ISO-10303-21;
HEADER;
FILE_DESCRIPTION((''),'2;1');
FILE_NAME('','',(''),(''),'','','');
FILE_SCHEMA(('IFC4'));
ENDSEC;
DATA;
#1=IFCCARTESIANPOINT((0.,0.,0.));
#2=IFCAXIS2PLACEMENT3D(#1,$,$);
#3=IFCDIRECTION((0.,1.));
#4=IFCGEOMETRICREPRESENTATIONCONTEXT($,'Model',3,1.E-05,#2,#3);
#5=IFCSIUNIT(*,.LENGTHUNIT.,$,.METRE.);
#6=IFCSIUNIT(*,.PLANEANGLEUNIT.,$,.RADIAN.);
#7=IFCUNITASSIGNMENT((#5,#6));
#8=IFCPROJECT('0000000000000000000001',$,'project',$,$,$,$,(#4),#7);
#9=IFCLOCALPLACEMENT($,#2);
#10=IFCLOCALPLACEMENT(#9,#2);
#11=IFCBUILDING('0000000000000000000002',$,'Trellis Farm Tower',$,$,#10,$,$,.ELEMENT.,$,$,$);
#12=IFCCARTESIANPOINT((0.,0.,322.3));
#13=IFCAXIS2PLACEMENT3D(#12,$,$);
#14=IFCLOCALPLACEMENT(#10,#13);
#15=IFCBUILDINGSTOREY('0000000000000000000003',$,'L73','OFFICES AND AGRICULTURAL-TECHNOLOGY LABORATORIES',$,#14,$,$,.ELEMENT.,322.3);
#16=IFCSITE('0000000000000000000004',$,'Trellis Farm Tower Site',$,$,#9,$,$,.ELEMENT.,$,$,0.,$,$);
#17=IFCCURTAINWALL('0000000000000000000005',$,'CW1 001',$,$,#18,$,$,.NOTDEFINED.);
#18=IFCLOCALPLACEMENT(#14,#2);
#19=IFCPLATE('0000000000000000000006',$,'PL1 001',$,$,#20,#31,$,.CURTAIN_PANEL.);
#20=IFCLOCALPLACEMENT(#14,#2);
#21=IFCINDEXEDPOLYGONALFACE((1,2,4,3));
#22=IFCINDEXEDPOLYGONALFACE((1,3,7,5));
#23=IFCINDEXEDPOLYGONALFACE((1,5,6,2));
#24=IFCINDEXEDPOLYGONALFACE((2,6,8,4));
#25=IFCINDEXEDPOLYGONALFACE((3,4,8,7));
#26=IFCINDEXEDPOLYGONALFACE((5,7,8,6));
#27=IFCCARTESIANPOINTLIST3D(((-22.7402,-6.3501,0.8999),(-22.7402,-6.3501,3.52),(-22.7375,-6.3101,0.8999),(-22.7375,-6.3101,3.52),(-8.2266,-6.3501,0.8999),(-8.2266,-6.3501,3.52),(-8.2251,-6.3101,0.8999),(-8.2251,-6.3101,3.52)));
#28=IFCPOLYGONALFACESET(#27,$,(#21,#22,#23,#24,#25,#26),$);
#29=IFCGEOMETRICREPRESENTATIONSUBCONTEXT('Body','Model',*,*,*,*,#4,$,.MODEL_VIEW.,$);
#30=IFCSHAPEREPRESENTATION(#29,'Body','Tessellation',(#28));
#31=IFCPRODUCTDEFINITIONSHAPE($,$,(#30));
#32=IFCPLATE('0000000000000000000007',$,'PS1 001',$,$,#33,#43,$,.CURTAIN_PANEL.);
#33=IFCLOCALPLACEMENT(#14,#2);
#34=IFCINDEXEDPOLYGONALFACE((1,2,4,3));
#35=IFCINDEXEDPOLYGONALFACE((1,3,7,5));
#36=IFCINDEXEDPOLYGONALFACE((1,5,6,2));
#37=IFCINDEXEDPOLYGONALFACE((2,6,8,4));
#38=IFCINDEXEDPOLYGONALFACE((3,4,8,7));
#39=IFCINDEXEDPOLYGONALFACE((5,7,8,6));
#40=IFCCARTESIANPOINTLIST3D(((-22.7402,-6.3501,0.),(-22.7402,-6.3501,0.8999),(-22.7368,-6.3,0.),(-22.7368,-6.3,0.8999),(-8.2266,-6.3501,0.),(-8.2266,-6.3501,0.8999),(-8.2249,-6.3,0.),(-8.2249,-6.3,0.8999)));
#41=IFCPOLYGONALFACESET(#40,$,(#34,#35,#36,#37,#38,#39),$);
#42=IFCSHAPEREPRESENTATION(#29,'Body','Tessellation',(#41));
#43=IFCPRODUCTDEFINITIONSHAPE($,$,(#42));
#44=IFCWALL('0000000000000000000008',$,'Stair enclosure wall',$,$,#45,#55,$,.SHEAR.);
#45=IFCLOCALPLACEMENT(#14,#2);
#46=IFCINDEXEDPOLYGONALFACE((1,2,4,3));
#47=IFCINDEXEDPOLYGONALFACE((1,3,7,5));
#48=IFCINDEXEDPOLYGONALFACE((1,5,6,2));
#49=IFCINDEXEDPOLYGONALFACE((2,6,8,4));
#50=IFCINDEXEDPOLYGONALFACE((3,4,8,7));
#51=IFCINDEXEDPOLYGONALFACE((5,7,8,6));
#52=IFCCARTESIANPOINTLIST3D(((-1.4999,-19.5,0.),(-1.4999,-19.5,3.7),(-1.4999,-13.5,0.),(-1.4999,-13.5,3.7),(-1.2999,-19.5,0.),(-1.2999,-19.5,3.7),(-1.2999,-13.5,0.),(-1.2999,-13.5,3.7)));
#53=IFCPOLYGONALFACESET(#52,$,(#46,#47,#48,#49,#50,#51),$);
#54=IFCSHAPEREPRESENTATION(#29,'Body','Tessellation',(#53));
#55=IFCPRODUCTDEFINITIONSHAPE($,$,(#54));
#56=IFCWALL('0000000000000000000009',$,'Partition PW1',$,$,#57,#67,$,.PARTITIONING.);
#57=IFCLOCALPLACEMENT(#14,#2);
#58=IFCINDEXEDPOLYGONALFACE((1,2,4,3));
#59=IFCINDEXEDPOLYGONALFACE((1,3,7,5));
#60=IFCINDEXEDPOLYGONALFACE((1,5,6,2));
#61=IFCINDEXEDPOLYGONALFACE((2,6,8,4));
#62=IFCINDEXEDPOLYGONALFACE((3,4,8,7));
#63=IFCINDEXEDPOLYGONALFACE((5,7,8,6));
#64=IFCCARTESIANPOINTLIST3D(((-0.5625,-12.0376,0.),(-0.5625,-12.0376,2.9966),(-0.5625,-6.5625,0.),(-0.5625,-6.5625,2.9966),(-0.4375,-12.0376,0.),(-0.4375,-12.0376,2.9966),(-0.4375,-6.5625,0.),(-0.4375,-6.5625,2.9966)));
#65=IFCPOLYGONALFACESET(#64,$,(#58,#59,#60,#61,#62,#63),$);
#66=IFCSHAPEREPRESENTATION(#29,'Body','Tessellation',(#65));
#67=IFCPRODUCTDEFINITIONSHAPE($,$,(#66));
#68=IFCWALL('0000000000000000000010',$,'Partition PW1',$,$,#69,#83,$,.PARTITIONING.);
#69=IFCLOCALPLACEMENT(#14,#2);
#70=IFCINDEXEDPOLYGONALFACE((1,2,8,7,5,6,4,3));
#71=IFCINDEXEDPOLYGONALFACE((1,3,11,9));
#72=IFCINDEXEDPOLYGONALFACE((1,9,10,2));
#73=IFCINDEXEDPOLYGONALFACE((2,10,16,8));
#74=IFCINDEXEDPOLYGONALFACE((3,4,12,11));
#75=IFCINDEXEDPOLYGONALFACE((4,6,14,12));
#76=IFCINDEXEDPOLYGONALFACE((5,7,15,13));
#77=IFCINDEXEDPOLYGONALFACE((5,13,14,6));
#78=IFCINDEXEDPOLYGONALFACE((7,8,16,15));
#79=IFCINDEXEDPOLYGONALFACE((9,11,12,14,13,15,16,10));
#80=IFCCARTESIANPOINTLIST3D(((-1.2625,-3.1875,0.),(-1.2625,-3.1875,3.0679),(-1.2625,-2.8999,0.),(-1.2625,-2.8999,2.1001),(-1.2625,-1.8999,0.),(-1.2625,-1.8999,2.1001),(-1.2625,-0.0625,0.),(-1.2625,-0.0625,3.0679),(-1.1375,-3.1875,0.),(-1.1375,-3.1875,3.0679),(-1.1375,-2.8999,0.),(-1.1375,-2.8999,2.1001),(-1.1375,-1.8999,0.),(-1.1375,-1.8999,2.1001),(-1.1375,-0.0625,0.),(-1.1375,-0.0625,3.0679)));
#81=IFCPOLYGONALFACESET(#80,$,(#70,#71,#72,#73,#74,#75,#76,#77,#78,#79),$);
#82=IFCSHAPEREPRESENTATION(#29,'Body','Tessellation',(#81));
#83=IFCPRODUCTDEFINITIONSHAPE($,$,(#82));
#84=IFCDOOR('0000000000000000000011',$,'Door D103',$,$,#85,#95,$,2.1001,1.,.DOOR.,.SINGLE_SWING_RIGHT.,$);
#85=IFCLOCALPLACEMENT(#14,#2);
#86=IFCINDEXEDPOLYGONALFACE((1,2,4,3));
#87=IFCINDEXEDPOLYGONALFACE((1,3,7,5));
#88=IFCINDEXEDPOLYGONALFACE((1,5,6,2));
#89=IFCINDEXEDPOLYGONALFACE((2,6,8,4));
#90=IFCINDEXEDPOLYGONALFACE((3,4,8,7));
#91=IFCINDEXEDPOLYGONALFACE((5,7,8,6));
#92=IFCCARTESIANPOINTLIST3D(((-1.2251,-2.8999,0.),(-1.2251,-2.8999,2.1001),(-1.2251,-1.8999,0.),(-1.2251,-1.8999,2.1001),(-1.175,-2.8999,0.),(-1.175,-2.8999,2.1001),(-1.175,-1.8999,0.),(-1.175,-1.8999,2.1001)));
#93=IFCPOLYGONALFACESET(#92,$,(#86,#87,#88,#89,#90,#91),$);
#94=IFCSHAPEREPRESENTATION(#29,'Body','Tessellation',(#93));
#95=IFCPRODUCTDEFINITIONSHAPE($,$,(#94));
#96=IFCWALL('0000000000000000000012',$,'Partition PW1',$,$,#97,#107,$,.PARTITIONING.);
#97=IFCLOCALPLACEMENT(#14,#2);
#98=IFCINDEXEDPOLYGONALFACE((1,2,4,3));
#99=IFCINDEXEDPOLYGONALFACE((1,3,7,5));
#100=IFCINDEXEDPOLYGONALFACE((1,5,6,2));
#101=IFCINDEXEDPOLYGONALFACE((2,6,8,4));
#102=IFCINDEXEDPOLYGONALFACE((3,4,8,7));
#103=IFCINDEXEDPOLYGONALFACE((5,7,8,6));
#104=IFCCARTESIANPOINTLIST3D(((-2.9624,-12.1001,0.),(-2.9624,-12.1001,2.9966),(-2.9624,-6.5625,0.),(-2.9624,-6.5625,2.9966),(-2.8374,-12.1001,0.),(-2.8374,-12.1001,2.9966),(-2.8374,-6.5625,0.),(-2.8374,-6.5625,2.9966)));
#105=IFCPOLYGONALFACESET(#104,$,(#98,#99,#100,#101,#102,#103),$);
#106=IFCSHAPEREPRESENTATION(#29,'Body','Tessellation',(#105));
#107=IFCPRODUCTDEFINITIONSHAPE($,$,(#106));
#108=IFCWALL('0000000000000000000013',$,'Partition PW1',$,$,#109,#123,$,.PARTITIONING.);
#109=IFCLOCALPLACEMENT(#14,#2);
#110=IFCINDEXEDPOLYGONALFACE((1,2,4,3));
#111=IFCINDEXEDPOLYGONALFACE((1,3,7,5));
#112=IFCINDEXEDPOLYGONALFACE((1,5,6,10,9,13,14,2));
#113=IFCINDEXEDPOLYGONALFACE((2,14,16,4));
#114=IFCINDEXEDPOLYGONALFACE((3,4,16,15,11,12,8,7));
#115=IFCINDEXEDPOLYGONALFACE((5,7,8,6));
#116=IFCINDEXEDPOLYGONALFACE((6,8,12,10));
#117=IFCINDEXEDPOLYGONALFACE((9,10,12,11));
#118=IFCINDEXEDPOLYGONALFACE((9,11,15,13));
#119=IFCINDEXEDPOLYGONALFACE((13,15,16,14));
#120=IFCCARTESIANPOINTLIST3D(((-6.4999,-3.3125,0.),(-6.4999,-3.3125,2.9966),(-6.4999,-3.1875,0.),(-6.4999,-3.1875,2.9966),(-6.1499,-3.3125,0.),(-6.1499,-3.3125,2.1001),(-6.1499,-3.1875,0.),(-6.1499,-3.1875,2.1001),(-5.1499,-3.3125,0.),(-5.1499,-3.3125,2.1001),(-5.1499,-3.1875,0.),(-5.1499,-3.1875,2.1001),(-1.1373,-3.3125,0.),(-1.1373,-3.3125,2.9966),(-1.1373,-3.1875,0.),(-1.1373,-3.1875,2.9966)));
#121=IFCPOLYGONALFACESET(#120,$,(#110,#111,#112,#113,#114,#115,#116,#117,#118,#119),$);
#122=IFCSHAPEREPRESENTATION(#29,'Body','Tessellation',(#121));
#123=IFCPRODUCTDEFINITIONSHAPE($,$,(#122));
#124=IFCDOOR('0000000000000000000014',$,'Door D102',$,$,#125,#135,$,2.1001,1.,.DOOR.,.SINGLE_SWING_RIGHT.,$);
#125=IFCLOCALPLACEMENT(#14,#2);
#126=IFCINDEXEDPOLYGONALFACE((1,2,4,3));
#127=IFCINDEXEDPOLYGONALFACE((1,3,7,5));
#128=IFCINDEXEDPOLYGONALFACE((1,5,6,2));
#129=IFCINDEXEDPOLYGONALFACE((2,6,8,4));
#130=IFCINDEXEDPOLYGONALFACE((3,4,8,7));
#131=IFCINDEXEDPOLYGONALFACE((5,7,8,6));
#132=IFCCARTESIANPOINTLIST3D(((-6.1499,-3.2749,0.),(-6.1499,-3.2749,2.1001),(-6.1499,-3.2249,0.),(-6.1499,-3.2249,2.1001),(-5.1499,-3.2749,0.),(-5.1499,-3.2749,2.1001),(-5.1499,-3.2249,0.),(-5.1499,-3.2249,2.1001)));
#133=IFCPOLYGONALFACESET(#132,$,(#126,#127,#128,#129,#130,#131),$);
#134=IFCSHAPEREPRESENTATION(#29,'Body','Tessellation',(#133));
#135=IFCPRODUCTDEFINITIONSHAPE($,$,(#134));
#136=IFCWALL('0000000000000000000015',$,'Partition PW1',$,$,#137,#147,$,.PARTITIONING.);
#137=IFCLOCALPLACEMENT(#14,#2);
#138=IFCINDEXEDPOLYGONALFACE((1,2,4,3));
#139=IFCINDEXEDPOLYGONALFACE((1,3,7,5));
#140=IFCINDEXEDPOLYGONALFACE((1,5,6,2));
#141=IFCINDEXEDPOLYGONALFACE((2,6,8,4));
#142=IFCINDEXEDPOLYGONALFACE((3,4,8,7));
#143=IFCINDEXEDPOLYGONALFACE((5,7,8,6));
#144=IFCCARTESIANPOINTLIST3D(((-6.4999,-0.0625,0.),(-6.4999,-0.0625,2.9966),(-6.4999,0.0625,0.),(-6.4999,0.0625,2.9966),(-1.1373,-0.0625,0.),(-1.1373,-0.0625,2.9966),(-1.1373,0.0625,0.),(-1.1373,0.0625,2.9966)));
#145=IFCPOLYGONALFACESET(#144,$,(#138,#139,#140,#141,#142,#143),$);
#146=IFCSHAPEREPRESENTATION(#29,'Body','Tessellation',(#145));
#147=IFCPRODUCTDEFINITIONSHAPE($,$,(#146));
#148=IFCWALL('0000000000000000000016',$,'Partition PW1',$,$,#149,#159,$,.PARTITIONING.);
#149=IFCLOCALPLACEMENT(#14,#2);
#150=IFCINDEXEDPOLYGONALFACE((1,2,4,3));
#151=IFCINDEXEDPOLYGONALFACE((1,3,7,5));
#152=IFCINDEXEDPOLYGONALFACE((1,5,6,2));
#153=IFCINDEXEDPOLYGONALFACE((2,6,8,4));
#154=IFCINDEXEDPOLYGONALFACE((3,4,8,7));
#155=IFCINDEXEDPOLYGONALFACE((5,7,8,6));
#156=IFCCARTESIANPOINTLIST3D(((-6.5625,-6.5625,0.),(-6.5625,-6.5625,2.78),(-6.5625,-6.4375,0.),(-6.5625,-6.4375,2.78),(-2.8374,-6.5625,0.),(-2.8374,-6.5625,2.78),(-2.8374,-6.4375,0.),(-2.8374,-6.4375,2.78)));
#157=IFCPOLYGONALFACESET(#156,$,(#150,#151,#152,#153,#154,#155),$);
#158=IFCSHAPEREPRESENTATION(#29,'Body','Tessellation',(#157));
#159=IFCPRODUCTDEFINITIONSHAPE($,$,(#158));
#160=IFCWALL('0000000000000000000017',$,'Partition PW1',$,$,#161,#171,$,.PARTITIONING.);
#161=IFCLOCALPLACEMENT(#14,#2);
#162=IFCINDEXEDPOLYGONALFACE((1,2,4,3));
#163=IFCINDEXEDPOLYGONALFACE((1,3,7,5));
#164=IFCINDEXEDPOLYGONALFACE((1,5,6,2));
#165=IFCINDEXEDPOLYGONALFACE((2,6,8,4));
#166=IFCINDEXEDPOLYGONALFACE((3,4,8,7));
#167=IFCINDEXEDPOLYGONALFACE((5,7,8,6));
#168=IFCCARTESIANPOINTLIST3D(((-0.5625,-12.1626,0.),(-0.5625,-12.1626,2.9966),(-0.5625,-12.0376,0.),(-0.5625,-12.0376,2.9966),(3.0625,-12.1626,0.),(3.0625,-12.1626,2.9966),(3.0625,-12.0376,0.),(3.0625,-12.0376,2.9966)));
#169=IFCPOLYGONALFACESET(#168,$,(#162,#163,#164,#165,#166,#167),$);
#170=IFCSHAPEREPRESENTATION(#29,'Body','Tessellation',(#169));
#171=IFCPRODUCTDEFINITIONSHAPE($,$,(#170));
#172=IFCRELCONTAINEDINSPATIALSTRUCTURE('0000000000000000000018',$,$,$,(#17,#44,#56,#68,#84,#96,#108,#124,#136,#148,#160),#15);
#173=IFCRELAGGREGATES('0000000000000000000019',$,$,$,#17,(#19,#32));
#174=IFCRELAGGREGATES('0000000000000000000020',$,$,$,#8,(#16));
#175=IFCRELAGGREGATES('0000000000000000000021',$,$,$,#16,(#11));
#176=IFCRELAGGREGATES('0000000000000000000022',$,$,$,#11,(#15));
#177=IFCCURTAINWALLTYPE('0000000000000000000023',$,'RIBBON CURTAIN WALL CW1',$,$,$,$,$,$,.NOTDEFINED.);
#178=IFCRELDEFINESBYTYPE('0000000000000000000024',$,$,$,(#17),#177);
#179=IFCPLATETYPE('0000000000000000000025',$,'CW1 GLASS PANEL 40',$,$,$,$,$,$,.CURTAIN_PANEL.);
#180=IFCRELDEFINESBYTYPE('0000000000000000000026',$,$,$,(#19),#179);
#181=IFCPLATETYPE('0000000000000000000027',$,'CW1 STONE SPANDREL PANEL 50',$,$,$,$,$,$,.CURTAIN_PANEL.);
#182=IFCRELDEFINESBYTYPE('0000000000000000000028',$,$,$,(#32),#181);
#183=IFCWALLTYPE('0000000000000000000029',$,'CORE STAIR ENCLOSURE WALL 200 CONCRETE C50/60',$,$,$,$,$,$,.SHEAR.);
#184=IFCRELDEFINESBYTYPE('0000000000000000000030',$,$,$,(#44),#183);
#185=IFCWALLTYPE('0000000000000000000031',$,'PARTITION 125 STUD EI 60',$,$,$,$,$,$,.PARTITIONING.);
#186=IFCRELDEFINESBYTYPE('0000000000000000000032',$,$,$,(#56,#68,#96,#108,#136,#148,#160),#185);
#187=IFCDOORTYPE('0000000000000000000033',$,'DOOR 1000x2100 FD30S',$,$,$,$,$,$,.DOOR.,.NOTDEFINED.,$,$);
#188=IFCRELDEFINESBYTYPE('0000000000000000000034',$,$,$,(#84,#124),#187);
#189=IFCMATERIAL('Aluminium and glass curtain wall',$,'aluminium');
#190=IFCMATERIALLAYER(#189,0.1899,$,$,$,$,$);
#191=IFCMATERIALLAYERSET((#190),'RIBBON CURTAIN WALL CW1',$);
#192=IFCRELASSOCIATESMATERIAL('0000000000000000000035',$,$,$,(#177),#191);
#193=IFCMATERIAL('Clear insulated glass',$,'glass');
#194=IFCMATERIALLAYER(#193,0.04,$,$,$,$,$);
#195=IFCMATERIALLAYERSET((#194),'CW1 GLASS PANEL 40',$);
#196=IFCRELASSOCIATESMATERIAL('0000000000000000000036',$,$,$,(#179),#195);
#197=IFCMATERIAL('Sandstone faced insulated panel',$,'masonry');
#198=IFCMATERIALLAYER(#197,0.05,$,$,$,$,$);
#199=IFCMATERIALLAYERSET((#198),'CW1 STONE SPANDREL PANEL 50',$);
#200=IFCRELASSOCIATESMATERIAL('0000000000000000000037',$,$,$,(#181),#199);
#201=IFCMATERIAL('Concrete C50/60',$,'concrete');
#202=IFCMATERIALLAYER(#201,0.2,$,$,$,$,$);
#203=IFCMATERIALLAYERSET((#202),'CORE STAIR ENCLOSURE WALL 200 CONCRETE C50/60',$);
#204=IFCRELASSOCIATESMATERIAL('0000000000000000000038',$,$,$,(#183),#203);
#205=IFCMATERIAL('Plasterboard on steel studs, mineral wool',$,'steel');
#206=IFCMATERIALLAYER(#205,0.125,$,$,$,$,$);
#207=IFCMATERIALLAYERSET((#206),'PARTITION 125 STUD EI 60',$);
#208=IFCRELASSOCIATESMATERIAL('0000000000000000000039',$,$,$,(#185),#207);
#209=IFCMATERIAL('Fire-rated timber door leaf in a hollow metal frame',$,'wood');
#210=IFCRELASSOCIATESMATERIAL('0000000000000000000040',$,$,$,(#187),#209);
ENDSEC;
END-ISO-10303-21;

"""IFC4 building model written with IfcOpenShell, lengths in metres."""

from ifc_helpers import new_model, si_unit, direction, frame, frame_2d, origin, place, context, subcontext, project, spatial, polyline, rectangle, outline, extrude, source, transform, mapped, material, layer, layer_set, type_object, element, fill, aggregate, save


model = new_model("IFC4")

# Units and contexts
model_context = context("Model", 3, precision=1e-05, world=origin(), true_north=direction((0.0, 1.0)))
body_context = subcontext(model_context, "Body", "Model", "MODEL_VIEW")
ifc_project = project(units=[si_unit("LENGTHUNIT", "METRE"), si_unit("PLANEANGLEUNIT", "RADIAN")], contexts=[model_context])

# Site, building, storey
site_placement = place(None, origin())
site = spatial("IfcSite", under=ifc_project, at=site_placement, Name="Trellis Farm Tower Site", CompositionType="ELEMENT", RefElevation=0.0)
building_placement = place(site_placement, origin())
building = spatial("IfcBuilding", under=site, at=building_placement, Name="Trellis Farm Tower", CompositionType="ELEMENT")
storey_placement = place(building_placement, frame((0.0, 0.0, 322.3)))
storey = spatial("IfcBuildingStorey", under=building, at=storey_placement, Name="L73", Description="OFFICES AND AGRICULTURAL-TECHNOLOGY LABORATORIES", CompositionType="ELEMENT", Elevation=322.3)

# Curtain wall
ifc_material_1 = material(Name="Aluminium and glass curtain wall", Category="aluminium")
ifc_layer_1 = layer(ifc_material_1, 0.1899)
ifc_layer_set_1 = layer_set([ifc_layer_1], Name="RIBBON CURTAIN WALL CW1")
curtain_wall_type_1 = type_object("IfcCurtainWallType", Name="RIBBON CURTAIN WALL CW1", PredefinedType="NOTDEFINED", material=ifc_layer_set_1)
placement_1 = place(storey_placement, origin())
curtain_wall_1 = element("IfcCurtainWall", 1, at=placement_1, inside=storey, type_object=curtain_wall_type_1, Name="CW1 001", PredefinedType="NOTDEFINED")

# Shared definitions
ifc_material_2 = material(Name="Concrete C50/60", Category="concrete")

# Shared definitions
ifc_material_3 = material(Name="Clear insulated glass", Category="glass")

# Plates
ifc_layer_2 = layer(ifc_material_3, 0.04)
ifc_layer_set_2 = layer_set([ifc_layer_2], Name="CW1 GLASS PANEL 40")
plate_type_1 = type_object("IfcPlateType", Name="CW1 GLASS PANEL 40", PredefinedType="CURTAIN_PANEL", material=ifc_layer_set_2)
shared_shape_1 = source(origin(), body_context, "Body", "SweptSolid", [
    extrude(outline(polyline([(-22.7402, -6.3501), (-8.2266, -6.3501), (-8.2251, -6.3101), (-22.7375, -6.3101), (-22.7402, -6.3501)])), origin(), (0.0, 0.0, 1.0), 2.6201),
])
plate_1_placement = place(storey_placement, frame((0.0, 0.0, 0.8999)))
plate_1 = element("IfcPlate", 2, at=plate_1_placement, type_object=plate_type_1, Name="PL1 001", PredefinedType="CURTAIN_PANEL", context=body_context, shape_type="MappedRepresentation", body=[
    mapped(shared_shape_1, transform((0.0, 0.0, 0.0))),
])
ifc_material_4 = material(Name="Sandstone faced insulated panel", Category="masonry")
ifc_layer_3 = layer(ifc_material_4, 0.05)
ifc_layer_set_3 = layer_set([ifc_layer_3], Name="CW1 STONE SPANDREL PANEL 50")
plate_type_2 = type_object("IfcPlateType", Name="CW1 STONE SPANDREL PANEL 50", PredefinedType="CURTAIN_PANEL", material=ifc_layer_set_3)
shared_shape_2 = source(origin(), body_context, "Body", "SweptSolid", [
    extrude(outline(polyline([(-22.7402, -6.3501), (-8.2266, -6.3501), (-8.2249, -6.3), (-22.7368, -6.3), (-22.7402, -6.3501)])), origin(), (0.0, 0.0, 1.0), 0.8999),
])
plate_2 = element("IfcPlate", 3, at=placement_1, type_object=plate_type_2, Name="PS1 001", PredefinedType="CURTAIN_PANEL", context=body_context, shape_type="MappedRepresentation", body=[
    mapped(shared_shape_2, transform((0.0, 0.0, 0.0))),
])
aggregate(curtain_wall_1, [plate_1, plate_2])

# Walls
ifc_layer_4 = layer(ifc_material_2, 0.2)
ifc_layer_set_4 = layer_set([ifc_layer_4], Name="CORE STAIR ENCLOSURE WALL 200 CONCRETE C50/60")
wall_type_1 = type_object("IfcWallType", Name="CORE STAIR ENCLOSURE WALL 200 CONCRETE C50/60", PredefinedType="SHEAR", material=ifc_layer_set_4)
shared_shape_3 = source(origin(), body_context, "Body", "SweptSolid", [
    extrude(rectangle(XDim=6.0, YDim=0.2, at=frame_2d((3.0, 0.0))), origin(), (0.0, 0.0, 1.0), 3.7),
])
wall_1_placement = place(storey_placement, frame((-1.3999, -13.5, 0.0), z_axis=(0.0, 0.0, 1.0), x_axis=(0.0, -1.0, 0.0)))
element("IfcWall", 4, at=wall_1_placement, inside=storey, type_object=wall_type_1, Name="Stair enclosure wall", PredefinedType="SHEAR", context=body_context, shape_type="MappedRepresentation", body=[
    mapped(shared_shape_3, transform((0.0, 0.0, 0.0))),
])
ifc_material_5 = material(Name="Plasterboard on steel studs, mineral wool", Category="steel")
ifc_layer_5 = layer(ifc_material_5, 0.125)
ifc_layer_set_5 = layer_set([ifc_layer_5], Name="PARTITION 125 STUD EI 60")
wall_type_2 = type_object("IfcWallType", Name="PARTITION 125 STUD EI 60", PredefinedType="PARTITIONING", material=ifc_layer_set_5)
shared_shape_4 = source(origin(), body_context, "Body", "SweptSolid", [
    extrude(rectangle(XDim=5.4751, YDim=0.125, at=frame_2d((2.7375, 0.0))), origin(), (0.0, 0.0, 1.0), 2.9966),
])
wall_2_placement = place(storey_placement, frame((-0.5, -6.5625, 0.0), z_axis=(0.0, 0.0, 1.0), x_axis=(0.0, -1.0, 0.0)))
element("IfcWall", 5, at=wall_2_placement, inside=storey, type_object=wall_type_2, Name="Partition PW1", PredefinedType="PARTITIONING", context=body_context, shape_type="MappedRepresentation", body=[
    mapped(shared_shape_4, transform((0.0, 0.0, 0.0))),
])

# Wall, opening, door
shared_shape_5 = source(origin(), body_context, "Body", "SweptSolid", [
    extrude(rectangle(XDim=3.125, YDim=0.125, at=frame_2d((1.5625, 0.0))), origin(), (0.0, 0.0, 1.0), 3.0679),
])
wall_3_placement = place(storey_placement, frame((-1.2, -0.0625, 0.0), z_axis=(0.0, 0.0, 1.0), x_axis=(0.0, -1.0, 0.0)))
wall_3 = element("IfcWall", 6, at=wall_3_placement, inside=storey, type_object=wall_type_2, Name="Partition PW1", PredefinedType="PARTITIONING", context=body_context, shape_type="MappedRepresentation", body=[
    mapped(shared_shape_5, transform((0.0, 0.0, 0.0))),
])
shared_shape_6 = source(origin(), body_context, "Body", "SweptSolid", [
    extrude(rectangle(XDim=1.0, YDim=2.1001, at=frame_2d((0.5, 1.05))), frame((0.0, 0.0725, 0.0), z_axis=(0.0, -1.0, 0.0), x_axis=(1.0, 0.0, 0.0)), (0.0, 0.0, 1.0), 0.145),
])
opening_1_placement = place(wall_3_placement, frame((1.8374, 0.0, 0.0)))
opening_1 = element("IfcOpeningElement", 7, at=opening_1_placement, cuts=wall_3, PredefinedType="OPENING", context=body_context, shape_type="MappedRepresentation", body=[
    mapped(shared_shape_6, transform((0.0, 0.0, 0.0))),
])
ifc_material_6 = material(Name="Fire-rated timber door leaf in a hollow metal frame", Category="wood")
door_type = type_object("IfcDoorType", Name="DOOR 1000x2100 FD30S", OperationType="NOTDEFINED", PredefinedType="DOOR", material=ifc_material_6)
shared_shape_7 = source(origin(), body_context, "Body", "SweptSolid", [
    extrude(rectangle(XDim=1.0, YDim=2.1001, at=frame_2d((0.5, 1.05))), frame((0.0, 0.0249, 0.0), z_axis=(0.0, -1.0, 0.0), x_axis=(1.0, 0.0, 0.0)), (0.0, 0.0, 1.0), 0.05),
])
door_1_placement = place(opening_1_placement, origin())
door_1 = element("IfcDoor", 8, at=door_1_placement, inside=storey, type_object=door_type, Name="Door D103", OperationType="SINGLE_SWING_RIGHT", OverallHeight=2.1001, OverallWidth=1.0, PredefinedType="DOOR", context=body_context, shape_type="MappedRepresentation", body=[
    mapped(shared_shape_7, transform((0.0, 0.0, 0.0))),
])
fill(opening_1, door_1)

# Wall
shared_shape_8 = source(origin(), body_context, "Body", "SweptSolid", [
    extrude(rectangle(XDim=5.5376, YDim=0.125, at=frame_2d((2.7688, 0.0))), origin(), (0.0, 0.0, 1.0), 2.9966),
])
wall_4_placement = place(storey_placement, frame((-2.8999, -12.1001, 0.0), z_axis=(0.0, 0.0, 1.0), x_axis=(0.0, 1.0, 0.0)))
element("IfcWall", 9, at=wall_4_placement, inside=storey, type_object=wall_type_2, Name="Partition PW1", PredefinedType="PARTITIONING", context=body_context, shape_type="MappedRepresentation", body=[
    mapped(shared_shape_8, transform((0.0, 0.0, 0.0))),
])

# Wall, opening, door
shared_shape_9 = source(origin(), body_context, "Body", "SweptSolid", [
    extrude(rectangle(XDim=5.3625, YDim=0.125, at=frame_2d((2.6812, 0.0))), origin(), (0.0, 0.0, 1.0), 2.9966),
])
wall_5_placement = place(storey_placement, frame((-1.1375, -3.25, 0.0), z_axis=(0.0, 0.0, 1.0), x_axis=(-1.0, 0.0, 0.0)))
wall_5 = element("IfcWall", 10, at=wall_5_placement, inside=storey, type_object=wall_type_2, Name="Partition PW1", PredefinedType="PARTITIONING", context=body_context, shape_type="MappedRepresentation", body=[
    mapped(shared_shape_9, transform((0.0, 0.0, 0.0))),
])
opening_2_placement = place(wall_5_placement, frame((4.0125, 0.0, 0.0)))
opening_2 = element("IfcOpeningElement", 11, at=opening_2_placement, cuts=wall_5, PredefinedType="OPENING", context=body_context, shape_type="MappedRepresentation", body=[
    mapped(shared_shape_6, transform((0.0, 0.0, 0.0))),
])
door_2_placement = place(opening_2_placement, origin())
door_2 = element("IfcDoor", 12, at=door_2_placement, inside=storey, type_object=door_type, Name="Door D102", OperationType="SINGLE_SWING_RIGHT", OverallHeight=2.1001, OverallWidth=1.0, PredefinedType="DOOR", context=body_context, shape_type="MappedRepresentation", body=[
    mapped(shared_shape_7, transform((0.0, 0.0, 0.0))),
])
fill(opening_2, door_2)

# Walls
wall_6_placement = place(storey_placement, frame((-1.1375, 0.0, 0.0), z_axis=(0.0, 0.0, 1.0), x_axis=(-1.0, 0.0, 0.0)))
element("IfcWall", 13, at=wall_6_placement, inside=storey, type_object=wall_type_2, Name="Partition PW1", PredefinedType="PARTITIONING", context=body_context, shape_type="MappedRepresentation", body=[
    mapped(shared_shape_9, transform((0.0, 0.0, 0.0))),
])
shared_shape_10 = source(origin(), body_context, "Body", "SweptSolid", [
    extrude(rectangle(XDim=3.7251, YDim=0.125, at=frame_2d((1.8625, 0.0))), origin(), (0.0, 0.0, 1.0), 2.78),
])
wall_7_placement = place(storey_placement, frame((-2.8374, -6.5, 0.0), z_axis=(0.0, 0.0, 1.0), x_axis=(-1.0, 0.0, 0.0)))
element("IfcWall", 14, at=wall_7_placement, inside=storey, type_object=wall_type_2, Name="Partition PW1", PredefinedType="PARTITIONING", context=body_context, shape_type="MappedRepresentation", body=[
    mapped(shared_shape_10, transform((0.0, 0.0, 0.0))),
])
shared_shape_11 = source(origin(), body_context, "Body", "SweptSolid", [
    extrude(rectangle(XDim=3.625, YDim=0.125, at=frame_2d((1.8125, 0.0))), origin(), (0.0, 0.0, 1.0), 2.9966),
])
wall_8_placement = place(storey_placement, frame((-0.5625, -12.1001, 0.0), z_axis=(0.0, 0.0, 1.0), x_axis=(1.0, 0.0, 0.0)))
element("IfcWall", 15, at=wall_8_placement, inside=storey, type_object=wall_type_2, Name="Partition PW1", PredefinedType="PARTITIONING", context=body_context, shape_type="MappedRepresentation", body=[
    mapped(shared_shape_11, transform((0.0, 0.0, 0.0))),
])

save(model, "model.ifc")
